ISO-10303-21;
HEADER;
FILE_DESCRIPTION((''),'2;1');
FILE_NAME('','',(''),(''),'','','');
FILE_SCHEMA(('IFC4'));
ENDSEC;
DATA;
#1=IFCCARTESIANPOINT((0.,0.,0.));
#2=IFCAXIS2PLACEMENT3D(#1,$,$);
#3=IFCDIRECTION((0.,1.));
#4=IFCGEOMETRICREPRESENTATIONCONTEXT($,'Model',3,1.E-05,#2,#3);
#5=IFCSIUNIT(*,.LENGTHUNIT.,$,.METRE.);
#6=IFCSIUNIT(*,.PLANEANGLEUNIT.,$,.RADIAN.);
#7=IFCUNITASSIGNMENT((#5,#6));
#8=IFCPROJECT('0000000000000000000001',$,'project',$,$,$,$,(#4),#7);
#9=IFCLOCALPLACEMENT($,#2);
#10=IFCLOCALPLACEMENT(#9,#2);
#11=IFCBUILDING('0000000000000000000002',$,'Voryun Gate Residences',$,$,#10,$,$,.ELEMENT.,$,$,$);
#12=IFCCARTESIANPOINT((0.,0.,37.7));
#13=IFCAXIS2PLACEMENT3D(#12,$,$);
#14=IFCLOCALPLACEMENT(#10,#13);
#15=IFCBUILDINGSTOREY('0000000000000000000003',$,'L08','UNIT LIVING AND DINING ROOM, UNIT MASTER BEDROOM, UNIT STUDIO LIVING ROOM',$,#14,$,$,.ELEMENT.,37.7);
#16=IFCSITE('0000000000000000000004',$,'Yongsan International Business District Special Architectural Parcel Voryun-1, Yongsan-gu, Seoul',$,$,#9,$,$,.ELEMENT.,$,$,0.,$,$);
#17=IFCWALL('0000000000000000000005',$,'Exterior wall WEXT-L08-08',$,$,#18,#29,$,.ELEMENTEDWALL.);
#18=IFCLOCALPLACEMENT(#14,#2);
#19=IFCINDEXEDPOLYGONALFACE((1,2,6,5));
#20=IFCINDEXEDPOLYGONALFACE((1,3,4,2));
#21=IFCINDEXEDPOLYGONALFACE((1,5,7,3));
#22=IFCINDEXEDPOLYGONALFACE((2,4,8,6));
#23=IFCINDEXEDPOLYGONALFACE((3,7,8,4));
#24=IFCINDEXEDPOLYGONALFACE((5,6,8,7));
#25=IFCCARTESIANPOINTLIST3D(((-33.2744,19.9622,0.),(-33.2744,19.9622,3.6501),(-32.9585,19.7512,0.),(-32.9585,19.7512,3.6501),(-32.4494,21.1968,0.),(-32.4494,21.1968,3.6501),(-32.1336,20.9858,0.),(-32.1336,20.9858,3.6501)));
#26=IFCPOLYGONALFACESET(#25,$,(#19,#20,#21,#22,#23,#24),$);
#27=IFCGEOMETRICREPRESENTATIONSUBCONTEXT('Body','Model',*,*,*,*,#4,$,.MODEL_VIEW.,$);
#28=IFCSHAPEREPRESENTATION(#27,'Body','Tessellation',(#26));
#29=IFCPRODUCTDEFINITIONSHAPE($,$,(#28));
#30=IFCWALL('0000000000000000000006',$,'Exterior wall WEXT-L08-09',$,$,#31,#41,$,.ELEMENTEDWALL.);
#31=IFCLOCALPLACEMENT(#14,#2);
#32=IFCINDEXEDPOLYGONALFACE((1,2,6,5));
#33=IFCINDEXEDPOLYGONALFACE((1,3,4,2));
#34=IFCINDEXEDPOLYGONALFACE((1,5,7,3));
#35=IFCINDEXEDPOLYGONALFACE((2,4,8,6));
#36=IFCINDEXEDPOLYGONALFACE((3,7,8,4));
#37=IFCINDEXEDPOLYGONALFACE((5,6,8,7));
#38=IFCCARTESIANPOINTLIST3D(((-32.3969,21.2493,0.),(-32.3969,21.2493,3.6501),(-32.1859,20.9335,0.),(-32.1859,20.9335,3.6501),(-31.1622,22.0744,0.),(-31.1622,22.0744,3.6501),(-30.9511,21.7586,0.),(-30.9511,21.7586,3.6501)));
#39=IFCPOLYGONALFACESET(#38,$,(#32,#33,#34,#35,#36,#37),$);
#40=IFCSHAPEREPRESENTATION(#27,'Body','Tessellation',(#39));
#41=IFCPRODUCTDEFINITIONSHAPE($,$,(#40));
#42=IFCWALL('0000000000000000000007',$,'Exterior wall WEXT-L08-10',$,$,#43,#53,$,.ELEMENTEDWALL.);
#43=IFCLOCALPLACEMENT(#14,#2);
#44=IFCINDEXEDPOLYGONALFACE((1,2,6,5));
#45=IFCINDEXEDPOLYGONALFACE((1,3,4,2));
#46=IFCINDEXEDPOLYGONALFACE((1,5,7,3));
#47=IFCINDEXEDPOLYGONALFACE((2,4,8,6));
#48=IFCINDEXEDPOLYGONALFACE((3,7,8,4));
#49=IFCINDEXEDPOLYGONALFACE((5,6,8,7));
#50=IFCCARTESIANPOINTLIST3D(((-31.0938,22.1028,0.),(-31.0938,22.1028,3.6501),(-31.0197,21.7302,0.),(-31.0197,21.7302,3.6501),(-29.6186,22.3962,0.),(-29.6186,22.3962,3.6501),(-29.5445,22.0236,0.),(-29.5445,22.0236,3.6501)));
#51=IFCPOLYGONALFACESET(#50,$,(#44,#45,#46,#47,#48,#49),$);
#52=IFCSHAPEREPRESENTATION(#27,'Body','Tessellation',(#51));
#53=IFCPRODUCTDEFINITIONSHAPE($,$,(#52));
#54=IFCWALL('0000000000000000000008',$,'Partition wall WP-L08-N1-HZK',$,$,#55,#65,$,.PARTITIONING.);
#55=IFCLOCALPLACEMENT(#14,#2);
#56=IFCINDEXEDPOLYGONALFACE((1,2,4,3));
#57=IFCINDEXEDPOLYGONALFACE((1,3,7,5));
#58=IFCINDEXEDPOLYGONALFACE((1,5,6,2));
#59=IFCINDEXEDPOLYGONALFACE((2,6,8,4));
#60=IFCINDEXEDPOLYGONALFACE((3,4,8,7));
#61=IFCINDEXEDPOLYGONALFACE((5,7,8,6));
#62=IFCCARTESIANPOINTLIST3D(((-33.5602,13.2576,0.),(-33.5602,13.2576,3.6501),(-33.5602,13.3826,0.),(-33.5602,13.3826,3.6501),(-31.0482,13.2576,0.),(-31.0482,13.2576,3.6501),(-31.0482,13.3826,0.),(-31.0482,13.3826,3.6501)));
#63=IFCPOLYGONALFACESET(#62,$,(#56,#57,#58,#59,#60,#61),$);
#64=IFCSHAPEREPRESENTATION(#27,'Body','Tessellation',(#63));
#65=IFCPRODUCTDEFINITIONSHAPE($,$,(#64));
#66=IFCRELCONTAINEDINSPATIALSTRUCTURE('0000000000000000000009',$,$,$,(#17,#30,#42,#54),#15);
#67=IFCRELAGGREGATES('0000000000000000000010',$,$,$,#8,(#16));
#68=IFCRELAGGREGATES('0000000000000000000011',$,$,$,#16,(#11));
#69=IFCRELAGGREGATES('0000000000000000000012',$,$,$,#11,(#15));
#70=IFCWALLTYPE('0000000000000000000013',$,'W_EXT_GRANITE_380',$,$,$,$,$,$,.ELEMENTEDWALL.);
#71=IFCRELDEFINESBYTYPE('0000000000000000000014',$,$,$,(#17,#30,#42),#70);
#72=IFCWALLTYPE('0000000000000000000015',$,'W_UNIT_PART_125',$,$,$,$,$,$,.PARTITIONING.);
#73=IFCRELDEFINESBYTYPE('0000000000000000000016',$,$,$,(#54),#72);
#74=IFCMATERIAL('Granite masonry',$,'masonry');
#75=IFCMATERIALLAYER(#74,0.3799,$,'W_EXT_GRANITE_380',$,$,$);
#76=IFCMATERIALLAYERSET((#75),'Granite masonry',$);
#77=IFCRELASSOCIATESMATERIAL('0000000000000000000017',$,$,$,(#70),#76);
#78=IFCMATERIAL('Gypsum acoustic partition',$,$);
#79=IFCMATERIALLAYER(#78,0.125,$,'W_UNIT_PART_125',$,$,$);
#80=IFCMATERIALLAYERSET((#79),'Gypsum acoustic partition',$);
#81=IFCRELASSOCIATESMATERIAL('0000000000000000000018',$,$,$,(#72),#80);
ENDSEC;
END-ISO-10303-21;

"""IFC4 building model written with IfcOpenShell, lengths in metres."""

from ifc_helpers import new_model, si_unit, direction, frame, frame_2d, origin, place, context, subcontext, project, spatial, rectangle, extrude, material, layer, layer_set, type_object, element, save


model = new_model("IFC4")

# Units and contexts
model_context = context("Model", 3, precision=1e-05, world=origin(), true_north=direction((0.0, 1.0)))
body_context = subcontext(model_context, "Body", "Model", "MODEL_VIEW")
ifc_project = project(units=[si_unit("LENGTHUNIT", "METRE"), si_unit("PLANEANGLEUNIT", "RADIAN")], contexts=[model_context])

# Site, building, storey
site_placement = place(None, origin())
site = spatial("IfcSite", under=ifc_project, at=site_placement, Name="Yongsan International Business District Special Architectural Parcel Voryun-1, Yongsan-gu, Seoul", CompositionType="ELEMENT", RefElevation=0.0)
building_placement = place(site_placement, origin())
building = spatial("IfcBuilding", under=site, at=building_placement, Name="Voryun Gate Residences", CompositionType="ELEMENT")
storey_placement = place(building_placement, frame((0.0, 0.0, 37.7)))
storey = spatial("IfcBuildingStorey", under=building, at=storey_placement, Name="L08", Description="UNIT LIVING AND DINING ROOM, UNIT MASTER BEDROOM, UNIT STUDIO LIVING ROOM", CompositionType="ELEMENT", Elevation=37.7)

# Walls
ifc_material_1 = material(Name="Granite masonry", Category="masonry")
ifc_layer_1 = layer(ifc_material_1, 0.3799, Name="W_EXT_GRANITE_380")
ifc_layer_set_1 = layer_set([ifc_layer_1], Name="Granite masonry")
wall_type_1 = type_object("IfcWallType", Name="W_EXT_GRANITE_380", PredefinedType="ELEMENTEDWALL", material=ifc_layer_set_1)
wall_1_placement = place(storey_placement, frame((-33.1165, 19.8567, 0.0), z_axis=(0.0, 0.0, 1.0), x_axis=(0.555573, 0.831468, 0.0)))
element("IfcWall", 1, at=wall_1_placement, inside=storey, type_object=wall_type_1, Name="Exterior wall WEXT-L08-08", PredefinedType="ELEMENTEDWALL", context=body_context, shape_type="SweptSolid", body=[
    extrude(rectangle(XDim=1.4849, YDim=0.3799, at=frame_2d((0.7424, 0.0))), origin(), (0.0, 0.0, 1.0), 3.6501),
])
wall_2_placement = place(storey_placement, frame((-32.2915, 21.0913, 0.0), z_axis=(0.0, 0.0, 1.0), x_axis=(0.831443, 0.55561, 0.0)))
element("IfcWall", 2, at=wall_2_placement, inside=storey, type_object=wall_type_1, Name="Exterior wall WEXT-L08-09", PredefinedType="ELEMENTEDWALL", context=body_context, shape_type="SweptSolid", body=[
    extrude(rectangle(XDim=1.4851, YDim=0.3799, at=frame_2d((0.7427, 0.0))), origin(), (0.0, 0.0, 1.0), 3.6501),
])
wall_3_placement = place(storey_placement, frame((-31.0566, 21.9165, 0.0), z_axis=(0.0, 0.0, 1.0), x_axis=(0.980786, 0.195086, 0.0)))
element("IfcWall", 3, at=wall_3_placement, inside=storey, type_object=wall_type_1, Name="Exterior wall WEXT-L08-10", PredefinedType="ELEMENTEDWALL", context=body_context, shape_type="SweptSolid", body=[
    extrude(rectangle(XDim=1.5042, YDim=0.3799, at=frame_2d((0.752, 0.0))), origin(), (0.0, 0.0, 1.0), 3.6501),
])
ifc_material_2 = material(Name="Gypsum acoustic partition")
ifc_layer_2 = layer(ifc_material_2, 0.125, Name="W_UNIT_PART_125")
ifc_layer_set_2 = layer_set([ifc_layer_2], Name="Gypsum acoustic partition")
wall_type_2 = type_object("IfcWallType", Name="W_UNIT_PART_125", PredefinedType="PARTITIONING", material=ifc_layer_set_2)
wall_4_placement = place(storey_placement, frame((-33.5601, 13.3201, 0.0), z_axis=(0.0, 0.0, 1.0), x_axis=(1.0, 0.0, 0.0)))
element("IfcWall", 4, at=wall_4_placement, inside=storey, type_object=wall_type_2, Name="Partition wall WP-L08-N1-HZK", PredefinedType="PARTITIONING", context=body_context, shape_type="SweptSolid", body=[
    extrude(rectangle(XDim=2.512, YDim=0.125, at=frame_2d((1.2559, 0.0))), origin(), (0.0, 0.0, 1.0), 3.6501),
])

save(model, "model.ifc")
